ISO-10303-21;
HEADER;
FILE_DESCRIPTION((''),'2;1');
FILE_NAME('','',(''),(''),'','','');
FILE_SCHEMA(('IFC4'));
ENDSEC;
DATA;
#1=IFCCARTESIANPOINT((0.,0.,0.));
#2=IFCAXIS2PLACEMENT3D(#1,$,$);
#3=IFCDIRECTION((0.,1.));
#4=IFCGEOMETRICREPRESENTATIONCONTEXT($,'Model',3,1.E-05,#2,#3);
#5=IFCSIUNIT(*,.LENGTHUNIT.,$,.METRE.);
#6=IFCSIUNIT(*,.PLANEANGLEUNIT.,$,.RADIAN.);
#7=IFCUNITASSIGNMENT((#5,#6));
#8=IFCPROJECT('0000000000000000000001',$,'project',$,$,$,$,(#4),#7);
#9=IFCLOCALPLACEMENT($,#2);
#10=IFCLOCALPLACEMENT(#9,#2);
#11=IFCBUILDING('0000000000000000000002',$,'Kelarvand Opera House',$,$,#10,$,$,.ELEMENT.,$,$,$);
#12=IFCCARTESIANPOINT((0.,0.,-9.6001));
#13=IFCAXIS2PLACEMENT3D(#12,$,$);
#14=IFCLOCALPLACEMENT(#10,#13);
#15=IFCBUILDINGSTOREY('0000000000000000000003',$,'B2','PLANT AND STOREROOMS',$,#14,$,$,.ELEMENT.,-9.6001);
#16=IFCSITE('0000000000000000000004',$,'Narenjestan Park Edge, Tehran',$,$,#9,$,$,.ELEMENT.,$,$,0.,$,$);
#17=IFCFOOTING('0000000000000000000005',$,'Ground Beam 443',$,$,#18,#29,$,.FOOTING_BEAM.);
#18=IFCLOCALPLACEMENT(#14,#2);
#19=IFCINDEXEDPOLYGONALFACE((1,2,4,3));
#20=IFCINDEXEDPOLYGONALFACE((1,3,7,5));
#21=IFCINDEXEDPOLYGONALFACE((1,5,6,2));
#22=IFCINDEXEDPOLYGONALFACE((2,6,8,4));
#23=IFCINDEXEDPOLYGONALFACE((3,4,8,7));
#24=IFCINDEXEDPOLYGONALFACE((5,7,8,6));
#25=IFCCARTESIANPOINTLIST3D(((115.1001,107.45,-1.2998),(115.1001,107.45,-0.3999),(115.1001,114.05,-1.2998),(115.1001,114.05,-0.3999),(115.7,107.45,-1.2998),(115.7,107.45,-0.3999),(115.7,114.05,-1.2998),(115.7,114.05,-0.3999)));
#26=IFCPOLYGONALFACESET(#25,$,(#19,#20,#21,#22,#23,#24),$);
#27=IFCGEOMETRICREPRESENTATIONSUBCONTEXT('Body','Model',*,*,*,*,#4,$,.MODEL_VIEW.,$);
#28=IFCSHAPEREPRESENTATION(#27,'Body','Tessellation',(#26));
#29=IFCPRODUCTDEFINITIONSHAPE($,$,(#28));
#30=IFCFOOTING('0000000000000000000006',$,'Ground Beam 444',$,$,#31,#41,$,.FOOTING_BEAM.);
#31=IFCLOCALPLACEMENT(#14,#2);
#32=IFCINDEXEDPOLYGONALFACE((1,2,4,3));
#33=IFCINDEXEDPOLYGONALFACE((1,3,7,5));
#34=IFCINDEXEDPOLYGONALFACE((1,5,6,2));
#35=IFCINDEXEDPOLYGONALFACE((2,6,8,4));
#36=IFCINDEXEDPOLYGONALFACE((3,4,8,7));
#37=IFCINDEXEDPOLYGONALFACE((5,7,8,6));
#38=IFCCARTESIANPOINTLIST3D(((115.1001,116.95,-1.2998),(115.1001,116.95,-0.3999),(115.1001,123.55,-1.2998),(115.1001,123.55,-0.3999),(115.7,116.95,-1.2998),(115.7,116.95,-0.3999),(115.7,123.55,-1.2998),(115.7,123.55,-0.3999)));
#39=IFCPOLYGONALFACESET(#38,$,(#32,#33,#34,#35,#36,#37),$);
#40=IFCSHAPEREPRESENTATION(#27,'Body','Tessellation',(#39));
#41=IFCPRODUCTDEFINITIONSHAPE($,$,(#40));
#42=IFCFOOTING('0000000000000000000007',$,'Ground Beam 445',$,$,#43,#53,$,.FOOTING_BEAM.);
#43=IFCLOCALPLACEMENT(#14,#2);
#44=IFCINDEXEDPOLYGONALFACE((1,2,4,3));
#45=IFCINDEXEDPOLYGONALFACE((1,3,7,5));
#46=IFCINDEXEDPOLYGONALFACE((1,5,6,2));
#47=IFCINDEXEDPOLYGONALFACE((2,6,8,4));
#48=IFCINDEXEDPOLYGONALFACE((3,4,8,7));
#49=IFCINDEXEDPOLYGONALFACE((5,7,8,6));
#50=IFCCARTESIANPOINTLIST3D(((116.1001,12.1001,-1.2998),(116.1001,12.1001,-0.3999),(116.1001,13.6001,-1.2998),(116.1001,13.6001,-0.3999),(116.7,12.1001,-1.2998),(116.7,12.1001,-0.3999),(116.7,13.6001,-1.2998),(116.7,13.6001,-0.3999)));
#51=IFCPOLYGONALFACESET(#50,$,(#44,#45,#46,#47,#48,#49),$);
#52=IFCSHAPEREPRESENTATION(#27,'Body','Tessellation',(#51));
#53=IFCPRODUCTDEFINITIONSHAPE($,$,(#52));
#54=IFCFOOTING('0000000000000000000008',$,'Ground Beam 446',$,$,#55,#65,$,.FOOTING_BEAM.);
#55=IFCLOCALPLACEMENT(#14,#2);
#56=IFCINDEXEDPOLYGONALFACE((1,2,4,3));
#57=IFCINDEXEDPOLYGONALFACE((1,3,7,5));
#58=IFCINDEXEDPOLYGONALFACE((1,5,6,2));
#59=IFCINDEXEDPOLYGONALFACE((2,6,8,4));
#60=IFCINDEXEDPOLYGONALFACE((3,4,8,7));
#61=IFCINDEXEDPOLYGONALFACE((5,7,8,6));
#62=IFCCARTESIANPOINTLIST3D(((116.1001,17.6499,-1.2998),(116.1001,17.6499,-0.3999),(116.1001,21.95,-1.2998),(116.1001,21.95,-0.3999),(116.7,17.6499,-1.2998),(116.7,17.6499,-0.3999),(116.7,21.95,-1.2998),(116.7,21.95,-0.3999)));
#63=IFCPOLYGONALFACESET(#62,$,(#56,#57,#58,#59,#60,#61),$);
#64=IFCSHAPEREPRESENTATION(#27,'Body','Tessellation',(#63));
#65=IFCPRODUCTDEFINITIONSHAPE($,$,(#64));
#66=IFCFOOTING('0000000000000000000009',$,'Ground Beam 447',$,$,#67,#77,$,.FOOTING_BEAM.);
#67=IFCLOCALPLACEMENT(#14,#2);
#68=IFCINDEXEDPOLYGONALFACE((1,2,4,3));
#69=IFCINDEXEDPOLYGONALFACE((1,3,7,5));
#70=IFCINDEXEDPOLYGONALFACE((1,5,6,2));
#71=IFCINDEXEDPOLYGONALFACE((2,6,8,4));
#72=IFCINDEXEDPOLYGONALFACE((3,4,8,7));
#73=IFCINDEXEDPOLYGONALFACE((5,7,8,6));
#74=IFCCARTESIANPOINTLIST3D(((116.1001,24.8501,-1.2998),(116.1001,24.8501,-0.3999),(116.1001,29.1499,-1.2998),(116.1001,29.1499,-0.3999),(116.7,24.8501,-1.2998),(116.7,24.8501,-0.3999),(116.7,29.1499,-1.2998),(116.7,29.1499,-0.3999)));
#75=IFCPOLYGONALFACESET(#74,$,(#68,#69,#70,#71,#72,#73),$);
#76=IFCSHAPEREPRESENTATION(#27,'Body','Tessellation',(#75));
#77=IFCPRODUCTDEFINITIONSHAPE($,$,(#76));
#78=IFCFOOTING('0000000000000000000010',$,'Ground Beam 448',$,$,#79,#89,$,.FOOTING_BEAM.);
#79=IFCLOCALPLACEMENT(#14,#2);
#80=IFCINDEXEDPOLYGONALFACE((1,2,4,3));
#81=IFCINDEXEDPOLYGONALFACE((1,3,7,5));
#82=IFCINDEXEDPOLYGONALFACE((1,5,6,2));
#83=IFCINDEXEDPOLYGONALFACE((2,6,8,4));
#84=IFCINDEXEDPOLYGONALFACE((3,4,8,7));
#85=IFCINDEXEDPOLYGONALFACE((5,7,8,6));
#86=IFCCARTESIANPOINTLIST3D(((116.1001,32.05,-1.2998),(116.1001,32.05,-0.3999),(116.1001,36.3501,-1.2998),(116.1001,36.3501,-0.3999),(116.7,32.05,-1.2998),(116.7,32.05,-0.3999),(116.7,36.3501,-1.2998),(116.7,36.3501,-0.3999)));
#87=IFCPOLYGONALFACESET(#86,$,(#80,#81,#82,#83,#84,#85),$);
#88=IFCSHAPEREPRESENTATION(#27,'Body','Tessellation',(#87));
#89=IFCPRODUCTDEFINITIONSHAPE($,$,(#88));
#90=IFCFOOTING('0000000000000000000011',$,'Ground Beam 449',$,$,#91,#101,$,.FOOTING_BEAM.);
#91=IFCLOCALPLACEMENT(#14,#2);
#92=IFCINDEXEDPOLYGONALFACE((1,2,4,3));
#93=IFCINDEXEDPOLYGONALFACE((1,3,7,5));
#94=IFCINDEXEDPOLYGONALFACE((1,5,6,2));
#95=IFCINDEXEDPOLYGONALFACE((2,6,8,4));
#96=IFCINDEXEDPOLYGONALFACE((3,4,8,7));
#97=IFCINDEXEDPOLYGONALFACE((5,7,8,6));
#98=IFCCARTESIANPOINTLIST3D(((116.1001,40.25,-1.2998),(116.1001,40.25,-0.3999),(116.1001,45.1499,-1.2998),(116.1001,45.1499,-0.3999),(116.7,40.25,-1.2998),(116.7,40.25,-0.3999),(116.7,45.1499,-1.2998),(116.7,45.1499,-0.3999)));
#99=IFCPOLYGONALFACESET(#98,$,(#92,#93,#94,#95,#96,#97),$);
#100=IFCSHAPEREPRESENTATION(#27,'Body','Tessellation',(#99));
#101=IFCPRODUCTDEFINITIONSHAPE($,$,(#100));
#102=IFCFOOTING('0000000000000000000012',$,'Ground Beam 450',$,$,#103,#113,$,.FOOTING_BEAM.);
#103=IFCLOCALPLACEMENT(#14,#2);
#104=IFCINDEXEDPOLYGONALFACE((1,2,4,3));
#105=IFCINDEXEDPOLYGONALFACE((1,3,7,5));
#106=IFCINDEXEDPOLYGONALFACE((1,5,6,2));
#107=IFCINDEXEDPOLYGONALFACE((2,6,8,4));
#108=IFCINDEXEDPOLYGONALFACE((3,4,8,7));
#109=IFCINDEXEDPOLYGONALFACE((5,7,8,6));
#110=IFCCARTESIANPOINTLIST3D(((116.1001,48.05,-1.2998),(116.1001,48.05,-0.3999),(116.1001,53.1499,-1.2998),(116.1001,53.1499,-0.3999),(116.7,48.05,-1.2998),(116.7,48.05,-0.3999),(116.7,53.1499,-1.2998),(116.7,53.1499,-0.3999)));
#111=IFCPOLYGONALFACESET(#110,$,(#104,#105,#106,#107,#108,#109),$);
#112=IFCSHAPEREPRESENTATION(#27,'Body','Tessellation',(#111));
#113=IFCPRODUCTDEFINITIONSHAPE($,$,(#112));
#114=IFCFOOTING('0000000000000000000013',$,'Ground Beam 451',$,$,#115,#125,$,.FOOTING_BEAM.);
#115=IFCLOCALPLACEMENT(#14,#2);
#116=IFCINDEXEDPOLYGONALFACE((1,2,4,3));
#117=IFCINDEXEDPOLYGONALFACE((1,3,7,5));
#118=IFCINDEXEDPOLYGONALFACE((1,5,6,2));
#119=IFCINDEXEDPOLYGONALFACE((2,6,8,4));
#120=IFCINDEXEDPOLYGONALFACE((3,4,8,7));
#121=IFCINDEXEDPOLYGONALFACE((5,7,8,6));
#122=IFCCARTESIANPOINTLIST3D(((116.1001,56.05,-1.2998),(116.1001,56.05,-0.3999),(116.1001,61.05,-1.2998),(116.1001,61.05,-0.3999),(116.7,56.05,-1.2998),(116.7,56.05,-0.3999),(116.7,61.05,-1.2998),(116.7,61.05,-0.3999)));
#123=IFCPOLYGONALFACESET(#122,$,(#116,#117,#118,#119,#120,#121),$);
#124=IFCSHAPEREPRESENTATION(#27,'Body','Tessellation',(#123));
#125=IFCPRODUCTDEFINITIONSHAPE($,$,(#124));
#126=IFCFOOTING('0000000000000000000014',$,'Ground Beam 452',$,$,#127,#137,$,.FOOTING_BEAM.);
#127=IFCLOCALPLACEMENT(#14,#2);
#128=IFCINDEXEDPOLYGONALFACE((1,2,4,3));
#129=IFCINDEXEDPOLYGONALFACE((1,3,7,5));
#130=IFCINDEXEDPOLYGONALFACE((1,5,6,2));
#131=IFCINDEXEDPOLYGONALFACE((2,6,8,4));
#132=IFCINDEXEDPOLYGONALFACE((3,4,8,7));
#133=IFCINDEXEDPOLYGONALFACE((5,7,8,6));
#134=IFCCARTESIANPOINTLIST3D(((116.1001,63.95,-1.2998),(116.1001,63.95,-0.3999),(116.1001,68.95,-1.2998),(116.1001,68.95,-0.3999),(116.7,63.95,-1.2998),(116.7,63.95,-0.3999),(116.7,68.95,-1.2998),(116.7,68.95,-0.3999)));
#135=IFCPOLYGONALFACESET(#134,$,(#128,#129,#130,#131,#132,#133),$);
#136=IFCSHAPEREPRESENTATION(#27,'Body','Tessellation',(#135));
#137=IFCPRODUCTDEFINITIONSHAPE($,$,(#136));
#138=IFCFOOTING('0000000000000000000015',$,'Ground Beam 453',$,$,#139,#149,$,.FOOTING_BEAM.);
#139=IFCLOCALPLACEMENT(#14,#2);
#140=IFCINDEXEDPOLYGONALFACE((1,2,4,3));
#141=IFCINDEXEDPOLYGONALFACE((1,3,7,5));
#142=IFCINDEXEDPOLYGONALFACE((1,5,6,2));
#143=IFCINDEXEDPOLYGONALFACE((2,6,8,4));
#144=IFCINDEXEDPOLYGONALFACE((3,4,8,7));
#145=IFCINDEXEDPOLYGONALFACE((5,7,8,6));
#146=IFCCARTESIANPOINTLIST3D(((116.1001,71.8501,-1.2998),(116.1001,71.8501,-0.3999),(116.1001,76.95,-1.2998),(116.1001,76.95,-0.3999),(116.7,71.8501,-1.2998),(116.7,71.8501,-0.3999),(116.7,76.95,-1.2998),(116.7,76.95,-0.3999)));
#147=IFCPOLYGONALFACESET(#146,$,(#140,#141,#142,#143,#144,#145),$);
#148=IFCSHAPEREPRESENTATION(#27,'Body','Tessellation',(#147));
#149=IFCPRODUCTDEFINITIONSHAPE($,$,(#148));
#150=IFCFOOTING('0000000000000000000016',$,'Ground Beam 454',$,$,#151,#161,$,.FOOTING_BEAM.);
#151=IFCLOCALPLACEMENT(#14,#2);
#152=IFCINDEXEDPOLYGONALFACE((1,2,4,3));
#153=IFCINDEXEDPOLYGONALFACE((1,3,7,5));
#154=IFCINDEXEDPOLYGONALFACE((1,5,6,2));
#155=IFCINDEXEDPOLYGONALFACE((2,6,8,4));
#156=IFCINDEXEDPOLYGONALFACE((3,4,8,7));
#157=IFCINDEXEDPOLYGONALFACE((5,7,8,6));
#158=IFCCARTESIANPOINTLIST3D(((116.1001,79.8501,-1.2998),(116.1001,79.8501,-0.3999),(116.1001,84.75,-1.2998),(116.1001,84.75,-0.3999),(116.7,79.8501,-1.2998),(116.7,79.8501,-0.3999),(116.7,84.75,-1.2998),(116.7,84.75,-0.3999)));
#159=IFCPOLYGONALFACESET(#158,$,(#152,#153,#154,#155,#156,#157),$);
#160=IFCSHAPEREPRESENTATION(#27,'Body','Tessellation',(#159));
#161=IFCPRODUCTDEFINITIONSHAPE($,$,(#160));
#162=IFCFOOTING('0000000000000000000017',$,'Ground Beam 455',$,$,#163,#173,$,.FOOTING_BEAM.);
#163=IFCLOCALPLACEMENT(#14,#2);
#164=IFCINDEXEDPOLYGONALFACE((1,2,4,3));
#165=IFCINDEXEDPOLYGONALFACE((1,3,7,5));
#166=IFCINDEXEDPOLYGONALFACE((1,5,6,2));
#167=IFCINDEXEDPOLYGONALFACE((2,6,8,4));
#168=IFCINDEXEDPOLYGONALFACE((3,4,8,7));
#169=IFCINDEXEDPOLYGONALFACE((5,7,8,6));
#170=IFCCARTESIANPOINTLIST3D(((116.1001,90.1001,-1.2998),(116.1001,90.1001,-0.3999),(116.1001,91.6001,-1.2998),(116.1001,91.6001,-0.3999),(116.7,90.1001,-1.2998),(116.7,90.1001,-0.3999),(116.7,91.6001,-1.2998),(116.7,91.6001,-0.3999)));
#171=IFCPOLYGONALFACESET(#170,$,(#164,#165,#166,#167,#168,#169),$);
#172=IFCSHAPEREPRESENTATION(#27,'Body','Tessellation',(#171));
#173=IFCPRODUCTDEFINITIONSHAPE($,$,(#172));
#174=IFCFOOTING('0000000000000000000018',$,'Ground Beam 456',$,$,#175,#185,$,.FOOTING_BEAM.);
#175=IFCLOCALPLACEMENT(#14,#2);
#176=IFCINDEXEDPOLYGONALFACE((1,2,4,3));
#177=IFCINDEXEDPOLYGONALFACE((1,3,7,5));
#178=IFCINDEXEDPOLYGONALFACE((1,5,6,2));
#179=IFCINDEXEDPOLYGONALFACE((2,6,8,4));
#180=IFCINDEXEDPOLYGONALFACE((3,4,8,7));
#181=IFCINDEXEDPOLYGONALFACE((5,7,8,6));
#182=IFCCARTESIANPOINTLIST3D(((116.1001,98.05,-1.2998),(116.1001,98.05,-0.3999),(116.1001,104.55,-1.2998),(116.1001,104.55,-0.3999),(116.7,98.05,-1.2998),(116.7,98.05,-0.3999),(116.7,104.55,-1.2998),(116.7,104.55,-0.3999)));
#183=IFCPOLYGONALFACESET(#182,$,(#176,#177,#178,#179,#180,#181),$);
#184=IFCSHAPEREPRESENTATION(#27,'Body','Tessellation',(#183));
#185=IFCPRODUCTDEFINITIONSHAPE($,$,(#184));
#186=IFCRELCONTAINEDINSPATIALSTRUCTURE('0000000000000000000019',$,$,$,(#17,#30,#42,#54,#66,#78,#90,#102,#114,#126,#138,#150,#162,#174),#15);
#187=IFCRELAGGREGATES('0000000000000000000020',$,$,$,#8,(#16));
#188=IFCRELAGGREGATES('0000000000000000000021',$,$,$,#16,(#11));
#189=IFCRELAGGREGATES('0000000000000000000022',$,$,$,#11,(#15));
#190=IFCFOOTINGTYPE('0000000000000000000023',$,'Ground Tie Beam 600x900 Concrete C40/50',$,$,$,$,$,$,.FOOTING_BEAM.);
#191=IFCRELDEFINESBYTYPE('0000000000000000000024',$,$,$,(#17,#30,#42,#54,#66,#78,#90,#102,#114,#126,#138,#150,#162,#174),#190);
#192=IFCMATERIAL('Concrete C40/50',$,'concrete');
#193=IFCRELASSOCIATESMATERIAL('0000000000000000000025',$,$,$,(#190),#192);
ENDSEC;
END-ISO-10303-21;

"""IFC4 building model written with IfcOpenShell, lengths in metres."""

from ifc_helpers import new_model, si_unit, direction, frame, origin, place, context, subcontext, project, spatial, polyline, outline, extrude, material, type_object, element, save


model = new_model("IFC4")

# Units and contexts
model_context = context("Model", 3, precision=1e-05, world=origin(), true_north=direction((0.0, 1.0)))
body_context = subcontext(model_context, "Body", "Model", "MODEL_VIEW")
ifc_project = project(units=[si_unit("LENGTHUNIT", "METRE"), si_unit("PLANEANGLEUNIT", "RADIAN")], contexts=[model_context])

# Site, building, storey
site_placement = place(None, origin())
site = spatial("IfcSite", under=ifc_project, at=site_placement, Name="Narenjestan Park Edge, Tehran", CompositionType="ELEMENT", RefElevation=0.0)
building_placement = place(site_placement, origin())
building = spatial("IfcBuilding", under=site, at=building_placement, Name="Kelarvand Opera House", CompositionType="ELEMENT")
storey_placement = place(building_placement, frame((0.0, 0.0, -9.6001)))
storey = spatial("IfcBuildingStorey", under=building, at=storey_placement, Name="B2", Description="PLANT AND STOREROOMS", CompositionType="ELEMENT", Elevation=-9.6001)

# Footings
ifc_material = material(Name="Concrete C40/50", Category="concrete")
footing_type = type_object("IfcFootingType", Name="Ground Tie Beam 600x900 Concrete C40/50", PredefinedType="FOOTING_BEAM", material=ifc_material)
footing_1_placement = place(storey_placement, frame((0.0, 0.0, -1.2998)))
element("IfcFooting", 1, at=footing_1_placement, inside=storey, type_object=footing_type, Name="Ground Beam 443", PredefinedType="FOOTING_BEAM", context=body_context, shape_type="SweptSolid", body=[
    extrude(outline(polyline([(115.1001, 107.45), (115.7, 107.45), (115.7, 114.05), (115.1001, 114.05), (115.1001, 107.45)])), origin(), (0.0, 0.0, 1.0), 0.8999),
])
footing_2_placement = place(storey_placement, frame((0.0, 0.0, -1.2998)))
element("IfcFooting", 2, at=footing_2_placement, inside=storey, type_object=footing_type, Name="Ground Beam 444", PredefinedType="FOOTING_BEAM", context=body_context, shape_type="SweptSolid", body=[
    extrude(outline(polyline([(115.1001, 116.95), (115.7, 116.95), (115.7, 123.55), (115.1001, 123.55), (115.1001, 116.95)])), origin(), (0.0, 0.0, 1.0), 0.8999),
])
footing_3_placement = place(storey_placement, frame((0.0, 0.0, -1.2998)))
element("IfcFooting", 3, at=footing_3_placement, inside=storey, type_object=footing_type, Name="Ground Beam 445", PredefinedType="FOOTING_BEAM", context=body_context, shape_type="SweptSolid", body=[
    extrude(outline(polyline([(116.1001, 12.1001), (116.7, 12.1001), (116.7, 13.6001), (116.1001, 13.6001), (116.1001, 12.1001)])), origin(), (0.0, 0.0, 1.0), 0.8999),
])
footing_4_placement = place(storey_placement, frame((0.0, 0.0, -1.2998)))
element("IfcFooting", 4, at=footing_4_placement, inside=storey, type_object=footing_type, Name="Ground Beam 446", PredefinedType="FOOTING_BEAM", context=body_context, shape_type="SweptSolid", body=[
    extrude(outline(polyline([(116.1001, 17.6499), (116.7, 17.6499), (116.7, 21.95), (116.1001, 21.95), (116.1001, 17.6499)])), origin(), (0.0, 0.0, 1.0), 0.8999),
])
footing_5_placement = place(storey_placement, frame((0.0, 0.0, -1.2998)))
element("IfcFooting", 5, at=footing_5_placement, inside=storey, type_object=footing_type, Name="Ground Beam 447", PredefinedType="FOOTING_BEAM", context=body_context, shape_type="SweptSolid", body=[
    extrude(outline(polyline([(116.1001, 24.8501), (116.7, 24.8501), (116.7, 29.1499), (116.1001, 29.1499), (116.1001, 24.8501)])), origin(), (0.0, 0.0, 1.0), 0.8999),
])
footing_6_placement = place(storey_placement, frame((0.0, 0.0, -1.2998)))
element("IfcFooting", 6, at=footing_6_placement, inside=storey, type_object=footing_type, Name="Ground Beam 448", PredefinedType="FOOTING_BEAM", context=body_context, shape_type="SweptSolid", body=[
    extrude(outline(polyline([(116.1001, 32.05), (116.7, 32.05), (116.7, 36.3501), (116.1001, 36.3501), (116.1001, 32.05)])), origin(), (0.0, 0.0, 1.0), 0.8999),
])
footing_7_placement = place(storey_placement, frame((0.0, 0.0, -1.2998)))
element("IfcFooting", 7, at=footing_7_placement, inside=storey, type_object=footing_type, Name="Ground Beam 449", PredefinedType="FOOTING_BEAM", context=body_context, shape_type="SweptSolid", body=[
    extrude(outline(polyline([(116.1001, 40.25), (116.7, 40.25), (116.7, 45.1499), (116.1001, 45.1499), (116.1001, 40.25)])), origin(), (0.0, 0.0, 1.0), 0.8999),
])
footing_8_placement = place(storey_placement, frame((0.0, 0.0, -1.2998)))
element("IfcFooting", 8, at=footing_8_placement, inside=storey, type_object=footing_type, Name="Ground Beam 450", PredefinedType="FOOTING_BEAM", context=body_context, shape_type="SweptSolid", body=[
    extrude(outline(polyline([(116.1001, 48.05), (116.7, 48.05), (116.7, 53.1499), (116.1001, 53.1499), (116.1001, 48.05)])), origin(), (0.0, 0.0, 1.0), 0.8999),
])
footing_9_placement = place(storey_placement, frame((0.0, 0.0, -1.2998)))
element("IfcFooting", 9, at=footing_9_placement, inside=storey, type_object=footing_type, Name="Ground Beam 451", PredefinedType="FOOTING_BEAM", context=body_context, shape_type="SweptSolid", body=[
    extrude(outline(polyline([(116.1001, 56.05), (116.7, 56.05), (116.7, 61.05), (116.1001, 61.05), (116.1001, 56.05)])), origin(), (0.0, 0.0, 1.0), 0.8999),
])
footing_10_placement = place(storey_placement, frame((0.0, 0.0, -1.2998)))
element("IfcFooting", 10, at=footing_10_placement, inside=storey, type_object=footing_type, Name="Ground Beam 452", PredefinedType="FOOTING_BEAM", context=body_context, shape_type="SweptSolid", body=[
    extrude(outline(polyline([(116.1001, 63.95), (116.7, 63.95), (116.7, 68.95), (116.1001, 68.95), (116.1001, 63.95)])), origin(), (0.0, 0.0, 1.0), 0.8999),
])
footing_11_placement = place(storey_placement, frame((0.0, 0.0, -1.2998)))
element("IfcFooting", 11, at=footing_11_placement, inside=storey, type_object=footing_type, Name="Ground Beam 453", PredefinedType="FOOTING_BEAM", context=body_context, shape_type="SweptSolid", body=[
    extrude(outline(polyline([(116.1001, 71.8501), (116.7, 71.8501), (116.7, 76.95), (116.1001, 76.95), (116.1001, 71.8501)])), origin(), (0.0, 0.0, 1.0), 0.8999),
])
footing_12_placement = place(storey_placement, frame((0.0, 0.0, -1.2998)))
element("IfcFooting", 12, at=footing_12_placement, inside=storey, type_object=footing_type, Name="Ground Beam 454", PredefinedType="FOOTING_BEAM", context=body_context, shape_type="SweptSolid", body=[
    extrude(outline(polyline([(116.1001, 79.8501), (116.7, 79.8501), (116.7, 84.75), (116.1001, 84.75), (116.1001, 79.8501)])), origin(), (0.0, 0.0, 1.0), 0.8999),
])
footing_13_placement = place(storey_placement, frame((0.0, 0.0, -1.2998)))
element("IfcFooting", 13, at=footing_13_placement, inside=storey, type_object=footing_type, Name="Ground Beam 455", PredefinedType="FOOTING_BEAM", context=body_context, shape_type="SweptSolid", body=[
    extrude(outline(polyline([(116.1001, 90.1001), (116.7, 90.1001), (116.7, 91.6001), (116.1001, 91.6001), (116.1001, 90.1001)])), origin(), (0.0, 0.0, 1.0), 0.8999),
])
footing_14_placement = place(storey_placement, frame((0.0, 0.0, -1.2998)))
element("IfcFooting", 14, at=footing_14_placement, inside=storey, type_object=footing_type, Name="Ground Beam 456", PredefinedType="FOOTING_BEAM", context=body_context, shape_type="SweptSolid", body=[
    extrude(outline(polyline([(116.1001, 98.05), (116.7, 98.05), (116.7, 104.55), (116.1001, 104.55), (116.1001, 98.05)])), origin(), (0.0, 0.0, 1.0), 0.8999),
])

save(model, "model.ifc")
